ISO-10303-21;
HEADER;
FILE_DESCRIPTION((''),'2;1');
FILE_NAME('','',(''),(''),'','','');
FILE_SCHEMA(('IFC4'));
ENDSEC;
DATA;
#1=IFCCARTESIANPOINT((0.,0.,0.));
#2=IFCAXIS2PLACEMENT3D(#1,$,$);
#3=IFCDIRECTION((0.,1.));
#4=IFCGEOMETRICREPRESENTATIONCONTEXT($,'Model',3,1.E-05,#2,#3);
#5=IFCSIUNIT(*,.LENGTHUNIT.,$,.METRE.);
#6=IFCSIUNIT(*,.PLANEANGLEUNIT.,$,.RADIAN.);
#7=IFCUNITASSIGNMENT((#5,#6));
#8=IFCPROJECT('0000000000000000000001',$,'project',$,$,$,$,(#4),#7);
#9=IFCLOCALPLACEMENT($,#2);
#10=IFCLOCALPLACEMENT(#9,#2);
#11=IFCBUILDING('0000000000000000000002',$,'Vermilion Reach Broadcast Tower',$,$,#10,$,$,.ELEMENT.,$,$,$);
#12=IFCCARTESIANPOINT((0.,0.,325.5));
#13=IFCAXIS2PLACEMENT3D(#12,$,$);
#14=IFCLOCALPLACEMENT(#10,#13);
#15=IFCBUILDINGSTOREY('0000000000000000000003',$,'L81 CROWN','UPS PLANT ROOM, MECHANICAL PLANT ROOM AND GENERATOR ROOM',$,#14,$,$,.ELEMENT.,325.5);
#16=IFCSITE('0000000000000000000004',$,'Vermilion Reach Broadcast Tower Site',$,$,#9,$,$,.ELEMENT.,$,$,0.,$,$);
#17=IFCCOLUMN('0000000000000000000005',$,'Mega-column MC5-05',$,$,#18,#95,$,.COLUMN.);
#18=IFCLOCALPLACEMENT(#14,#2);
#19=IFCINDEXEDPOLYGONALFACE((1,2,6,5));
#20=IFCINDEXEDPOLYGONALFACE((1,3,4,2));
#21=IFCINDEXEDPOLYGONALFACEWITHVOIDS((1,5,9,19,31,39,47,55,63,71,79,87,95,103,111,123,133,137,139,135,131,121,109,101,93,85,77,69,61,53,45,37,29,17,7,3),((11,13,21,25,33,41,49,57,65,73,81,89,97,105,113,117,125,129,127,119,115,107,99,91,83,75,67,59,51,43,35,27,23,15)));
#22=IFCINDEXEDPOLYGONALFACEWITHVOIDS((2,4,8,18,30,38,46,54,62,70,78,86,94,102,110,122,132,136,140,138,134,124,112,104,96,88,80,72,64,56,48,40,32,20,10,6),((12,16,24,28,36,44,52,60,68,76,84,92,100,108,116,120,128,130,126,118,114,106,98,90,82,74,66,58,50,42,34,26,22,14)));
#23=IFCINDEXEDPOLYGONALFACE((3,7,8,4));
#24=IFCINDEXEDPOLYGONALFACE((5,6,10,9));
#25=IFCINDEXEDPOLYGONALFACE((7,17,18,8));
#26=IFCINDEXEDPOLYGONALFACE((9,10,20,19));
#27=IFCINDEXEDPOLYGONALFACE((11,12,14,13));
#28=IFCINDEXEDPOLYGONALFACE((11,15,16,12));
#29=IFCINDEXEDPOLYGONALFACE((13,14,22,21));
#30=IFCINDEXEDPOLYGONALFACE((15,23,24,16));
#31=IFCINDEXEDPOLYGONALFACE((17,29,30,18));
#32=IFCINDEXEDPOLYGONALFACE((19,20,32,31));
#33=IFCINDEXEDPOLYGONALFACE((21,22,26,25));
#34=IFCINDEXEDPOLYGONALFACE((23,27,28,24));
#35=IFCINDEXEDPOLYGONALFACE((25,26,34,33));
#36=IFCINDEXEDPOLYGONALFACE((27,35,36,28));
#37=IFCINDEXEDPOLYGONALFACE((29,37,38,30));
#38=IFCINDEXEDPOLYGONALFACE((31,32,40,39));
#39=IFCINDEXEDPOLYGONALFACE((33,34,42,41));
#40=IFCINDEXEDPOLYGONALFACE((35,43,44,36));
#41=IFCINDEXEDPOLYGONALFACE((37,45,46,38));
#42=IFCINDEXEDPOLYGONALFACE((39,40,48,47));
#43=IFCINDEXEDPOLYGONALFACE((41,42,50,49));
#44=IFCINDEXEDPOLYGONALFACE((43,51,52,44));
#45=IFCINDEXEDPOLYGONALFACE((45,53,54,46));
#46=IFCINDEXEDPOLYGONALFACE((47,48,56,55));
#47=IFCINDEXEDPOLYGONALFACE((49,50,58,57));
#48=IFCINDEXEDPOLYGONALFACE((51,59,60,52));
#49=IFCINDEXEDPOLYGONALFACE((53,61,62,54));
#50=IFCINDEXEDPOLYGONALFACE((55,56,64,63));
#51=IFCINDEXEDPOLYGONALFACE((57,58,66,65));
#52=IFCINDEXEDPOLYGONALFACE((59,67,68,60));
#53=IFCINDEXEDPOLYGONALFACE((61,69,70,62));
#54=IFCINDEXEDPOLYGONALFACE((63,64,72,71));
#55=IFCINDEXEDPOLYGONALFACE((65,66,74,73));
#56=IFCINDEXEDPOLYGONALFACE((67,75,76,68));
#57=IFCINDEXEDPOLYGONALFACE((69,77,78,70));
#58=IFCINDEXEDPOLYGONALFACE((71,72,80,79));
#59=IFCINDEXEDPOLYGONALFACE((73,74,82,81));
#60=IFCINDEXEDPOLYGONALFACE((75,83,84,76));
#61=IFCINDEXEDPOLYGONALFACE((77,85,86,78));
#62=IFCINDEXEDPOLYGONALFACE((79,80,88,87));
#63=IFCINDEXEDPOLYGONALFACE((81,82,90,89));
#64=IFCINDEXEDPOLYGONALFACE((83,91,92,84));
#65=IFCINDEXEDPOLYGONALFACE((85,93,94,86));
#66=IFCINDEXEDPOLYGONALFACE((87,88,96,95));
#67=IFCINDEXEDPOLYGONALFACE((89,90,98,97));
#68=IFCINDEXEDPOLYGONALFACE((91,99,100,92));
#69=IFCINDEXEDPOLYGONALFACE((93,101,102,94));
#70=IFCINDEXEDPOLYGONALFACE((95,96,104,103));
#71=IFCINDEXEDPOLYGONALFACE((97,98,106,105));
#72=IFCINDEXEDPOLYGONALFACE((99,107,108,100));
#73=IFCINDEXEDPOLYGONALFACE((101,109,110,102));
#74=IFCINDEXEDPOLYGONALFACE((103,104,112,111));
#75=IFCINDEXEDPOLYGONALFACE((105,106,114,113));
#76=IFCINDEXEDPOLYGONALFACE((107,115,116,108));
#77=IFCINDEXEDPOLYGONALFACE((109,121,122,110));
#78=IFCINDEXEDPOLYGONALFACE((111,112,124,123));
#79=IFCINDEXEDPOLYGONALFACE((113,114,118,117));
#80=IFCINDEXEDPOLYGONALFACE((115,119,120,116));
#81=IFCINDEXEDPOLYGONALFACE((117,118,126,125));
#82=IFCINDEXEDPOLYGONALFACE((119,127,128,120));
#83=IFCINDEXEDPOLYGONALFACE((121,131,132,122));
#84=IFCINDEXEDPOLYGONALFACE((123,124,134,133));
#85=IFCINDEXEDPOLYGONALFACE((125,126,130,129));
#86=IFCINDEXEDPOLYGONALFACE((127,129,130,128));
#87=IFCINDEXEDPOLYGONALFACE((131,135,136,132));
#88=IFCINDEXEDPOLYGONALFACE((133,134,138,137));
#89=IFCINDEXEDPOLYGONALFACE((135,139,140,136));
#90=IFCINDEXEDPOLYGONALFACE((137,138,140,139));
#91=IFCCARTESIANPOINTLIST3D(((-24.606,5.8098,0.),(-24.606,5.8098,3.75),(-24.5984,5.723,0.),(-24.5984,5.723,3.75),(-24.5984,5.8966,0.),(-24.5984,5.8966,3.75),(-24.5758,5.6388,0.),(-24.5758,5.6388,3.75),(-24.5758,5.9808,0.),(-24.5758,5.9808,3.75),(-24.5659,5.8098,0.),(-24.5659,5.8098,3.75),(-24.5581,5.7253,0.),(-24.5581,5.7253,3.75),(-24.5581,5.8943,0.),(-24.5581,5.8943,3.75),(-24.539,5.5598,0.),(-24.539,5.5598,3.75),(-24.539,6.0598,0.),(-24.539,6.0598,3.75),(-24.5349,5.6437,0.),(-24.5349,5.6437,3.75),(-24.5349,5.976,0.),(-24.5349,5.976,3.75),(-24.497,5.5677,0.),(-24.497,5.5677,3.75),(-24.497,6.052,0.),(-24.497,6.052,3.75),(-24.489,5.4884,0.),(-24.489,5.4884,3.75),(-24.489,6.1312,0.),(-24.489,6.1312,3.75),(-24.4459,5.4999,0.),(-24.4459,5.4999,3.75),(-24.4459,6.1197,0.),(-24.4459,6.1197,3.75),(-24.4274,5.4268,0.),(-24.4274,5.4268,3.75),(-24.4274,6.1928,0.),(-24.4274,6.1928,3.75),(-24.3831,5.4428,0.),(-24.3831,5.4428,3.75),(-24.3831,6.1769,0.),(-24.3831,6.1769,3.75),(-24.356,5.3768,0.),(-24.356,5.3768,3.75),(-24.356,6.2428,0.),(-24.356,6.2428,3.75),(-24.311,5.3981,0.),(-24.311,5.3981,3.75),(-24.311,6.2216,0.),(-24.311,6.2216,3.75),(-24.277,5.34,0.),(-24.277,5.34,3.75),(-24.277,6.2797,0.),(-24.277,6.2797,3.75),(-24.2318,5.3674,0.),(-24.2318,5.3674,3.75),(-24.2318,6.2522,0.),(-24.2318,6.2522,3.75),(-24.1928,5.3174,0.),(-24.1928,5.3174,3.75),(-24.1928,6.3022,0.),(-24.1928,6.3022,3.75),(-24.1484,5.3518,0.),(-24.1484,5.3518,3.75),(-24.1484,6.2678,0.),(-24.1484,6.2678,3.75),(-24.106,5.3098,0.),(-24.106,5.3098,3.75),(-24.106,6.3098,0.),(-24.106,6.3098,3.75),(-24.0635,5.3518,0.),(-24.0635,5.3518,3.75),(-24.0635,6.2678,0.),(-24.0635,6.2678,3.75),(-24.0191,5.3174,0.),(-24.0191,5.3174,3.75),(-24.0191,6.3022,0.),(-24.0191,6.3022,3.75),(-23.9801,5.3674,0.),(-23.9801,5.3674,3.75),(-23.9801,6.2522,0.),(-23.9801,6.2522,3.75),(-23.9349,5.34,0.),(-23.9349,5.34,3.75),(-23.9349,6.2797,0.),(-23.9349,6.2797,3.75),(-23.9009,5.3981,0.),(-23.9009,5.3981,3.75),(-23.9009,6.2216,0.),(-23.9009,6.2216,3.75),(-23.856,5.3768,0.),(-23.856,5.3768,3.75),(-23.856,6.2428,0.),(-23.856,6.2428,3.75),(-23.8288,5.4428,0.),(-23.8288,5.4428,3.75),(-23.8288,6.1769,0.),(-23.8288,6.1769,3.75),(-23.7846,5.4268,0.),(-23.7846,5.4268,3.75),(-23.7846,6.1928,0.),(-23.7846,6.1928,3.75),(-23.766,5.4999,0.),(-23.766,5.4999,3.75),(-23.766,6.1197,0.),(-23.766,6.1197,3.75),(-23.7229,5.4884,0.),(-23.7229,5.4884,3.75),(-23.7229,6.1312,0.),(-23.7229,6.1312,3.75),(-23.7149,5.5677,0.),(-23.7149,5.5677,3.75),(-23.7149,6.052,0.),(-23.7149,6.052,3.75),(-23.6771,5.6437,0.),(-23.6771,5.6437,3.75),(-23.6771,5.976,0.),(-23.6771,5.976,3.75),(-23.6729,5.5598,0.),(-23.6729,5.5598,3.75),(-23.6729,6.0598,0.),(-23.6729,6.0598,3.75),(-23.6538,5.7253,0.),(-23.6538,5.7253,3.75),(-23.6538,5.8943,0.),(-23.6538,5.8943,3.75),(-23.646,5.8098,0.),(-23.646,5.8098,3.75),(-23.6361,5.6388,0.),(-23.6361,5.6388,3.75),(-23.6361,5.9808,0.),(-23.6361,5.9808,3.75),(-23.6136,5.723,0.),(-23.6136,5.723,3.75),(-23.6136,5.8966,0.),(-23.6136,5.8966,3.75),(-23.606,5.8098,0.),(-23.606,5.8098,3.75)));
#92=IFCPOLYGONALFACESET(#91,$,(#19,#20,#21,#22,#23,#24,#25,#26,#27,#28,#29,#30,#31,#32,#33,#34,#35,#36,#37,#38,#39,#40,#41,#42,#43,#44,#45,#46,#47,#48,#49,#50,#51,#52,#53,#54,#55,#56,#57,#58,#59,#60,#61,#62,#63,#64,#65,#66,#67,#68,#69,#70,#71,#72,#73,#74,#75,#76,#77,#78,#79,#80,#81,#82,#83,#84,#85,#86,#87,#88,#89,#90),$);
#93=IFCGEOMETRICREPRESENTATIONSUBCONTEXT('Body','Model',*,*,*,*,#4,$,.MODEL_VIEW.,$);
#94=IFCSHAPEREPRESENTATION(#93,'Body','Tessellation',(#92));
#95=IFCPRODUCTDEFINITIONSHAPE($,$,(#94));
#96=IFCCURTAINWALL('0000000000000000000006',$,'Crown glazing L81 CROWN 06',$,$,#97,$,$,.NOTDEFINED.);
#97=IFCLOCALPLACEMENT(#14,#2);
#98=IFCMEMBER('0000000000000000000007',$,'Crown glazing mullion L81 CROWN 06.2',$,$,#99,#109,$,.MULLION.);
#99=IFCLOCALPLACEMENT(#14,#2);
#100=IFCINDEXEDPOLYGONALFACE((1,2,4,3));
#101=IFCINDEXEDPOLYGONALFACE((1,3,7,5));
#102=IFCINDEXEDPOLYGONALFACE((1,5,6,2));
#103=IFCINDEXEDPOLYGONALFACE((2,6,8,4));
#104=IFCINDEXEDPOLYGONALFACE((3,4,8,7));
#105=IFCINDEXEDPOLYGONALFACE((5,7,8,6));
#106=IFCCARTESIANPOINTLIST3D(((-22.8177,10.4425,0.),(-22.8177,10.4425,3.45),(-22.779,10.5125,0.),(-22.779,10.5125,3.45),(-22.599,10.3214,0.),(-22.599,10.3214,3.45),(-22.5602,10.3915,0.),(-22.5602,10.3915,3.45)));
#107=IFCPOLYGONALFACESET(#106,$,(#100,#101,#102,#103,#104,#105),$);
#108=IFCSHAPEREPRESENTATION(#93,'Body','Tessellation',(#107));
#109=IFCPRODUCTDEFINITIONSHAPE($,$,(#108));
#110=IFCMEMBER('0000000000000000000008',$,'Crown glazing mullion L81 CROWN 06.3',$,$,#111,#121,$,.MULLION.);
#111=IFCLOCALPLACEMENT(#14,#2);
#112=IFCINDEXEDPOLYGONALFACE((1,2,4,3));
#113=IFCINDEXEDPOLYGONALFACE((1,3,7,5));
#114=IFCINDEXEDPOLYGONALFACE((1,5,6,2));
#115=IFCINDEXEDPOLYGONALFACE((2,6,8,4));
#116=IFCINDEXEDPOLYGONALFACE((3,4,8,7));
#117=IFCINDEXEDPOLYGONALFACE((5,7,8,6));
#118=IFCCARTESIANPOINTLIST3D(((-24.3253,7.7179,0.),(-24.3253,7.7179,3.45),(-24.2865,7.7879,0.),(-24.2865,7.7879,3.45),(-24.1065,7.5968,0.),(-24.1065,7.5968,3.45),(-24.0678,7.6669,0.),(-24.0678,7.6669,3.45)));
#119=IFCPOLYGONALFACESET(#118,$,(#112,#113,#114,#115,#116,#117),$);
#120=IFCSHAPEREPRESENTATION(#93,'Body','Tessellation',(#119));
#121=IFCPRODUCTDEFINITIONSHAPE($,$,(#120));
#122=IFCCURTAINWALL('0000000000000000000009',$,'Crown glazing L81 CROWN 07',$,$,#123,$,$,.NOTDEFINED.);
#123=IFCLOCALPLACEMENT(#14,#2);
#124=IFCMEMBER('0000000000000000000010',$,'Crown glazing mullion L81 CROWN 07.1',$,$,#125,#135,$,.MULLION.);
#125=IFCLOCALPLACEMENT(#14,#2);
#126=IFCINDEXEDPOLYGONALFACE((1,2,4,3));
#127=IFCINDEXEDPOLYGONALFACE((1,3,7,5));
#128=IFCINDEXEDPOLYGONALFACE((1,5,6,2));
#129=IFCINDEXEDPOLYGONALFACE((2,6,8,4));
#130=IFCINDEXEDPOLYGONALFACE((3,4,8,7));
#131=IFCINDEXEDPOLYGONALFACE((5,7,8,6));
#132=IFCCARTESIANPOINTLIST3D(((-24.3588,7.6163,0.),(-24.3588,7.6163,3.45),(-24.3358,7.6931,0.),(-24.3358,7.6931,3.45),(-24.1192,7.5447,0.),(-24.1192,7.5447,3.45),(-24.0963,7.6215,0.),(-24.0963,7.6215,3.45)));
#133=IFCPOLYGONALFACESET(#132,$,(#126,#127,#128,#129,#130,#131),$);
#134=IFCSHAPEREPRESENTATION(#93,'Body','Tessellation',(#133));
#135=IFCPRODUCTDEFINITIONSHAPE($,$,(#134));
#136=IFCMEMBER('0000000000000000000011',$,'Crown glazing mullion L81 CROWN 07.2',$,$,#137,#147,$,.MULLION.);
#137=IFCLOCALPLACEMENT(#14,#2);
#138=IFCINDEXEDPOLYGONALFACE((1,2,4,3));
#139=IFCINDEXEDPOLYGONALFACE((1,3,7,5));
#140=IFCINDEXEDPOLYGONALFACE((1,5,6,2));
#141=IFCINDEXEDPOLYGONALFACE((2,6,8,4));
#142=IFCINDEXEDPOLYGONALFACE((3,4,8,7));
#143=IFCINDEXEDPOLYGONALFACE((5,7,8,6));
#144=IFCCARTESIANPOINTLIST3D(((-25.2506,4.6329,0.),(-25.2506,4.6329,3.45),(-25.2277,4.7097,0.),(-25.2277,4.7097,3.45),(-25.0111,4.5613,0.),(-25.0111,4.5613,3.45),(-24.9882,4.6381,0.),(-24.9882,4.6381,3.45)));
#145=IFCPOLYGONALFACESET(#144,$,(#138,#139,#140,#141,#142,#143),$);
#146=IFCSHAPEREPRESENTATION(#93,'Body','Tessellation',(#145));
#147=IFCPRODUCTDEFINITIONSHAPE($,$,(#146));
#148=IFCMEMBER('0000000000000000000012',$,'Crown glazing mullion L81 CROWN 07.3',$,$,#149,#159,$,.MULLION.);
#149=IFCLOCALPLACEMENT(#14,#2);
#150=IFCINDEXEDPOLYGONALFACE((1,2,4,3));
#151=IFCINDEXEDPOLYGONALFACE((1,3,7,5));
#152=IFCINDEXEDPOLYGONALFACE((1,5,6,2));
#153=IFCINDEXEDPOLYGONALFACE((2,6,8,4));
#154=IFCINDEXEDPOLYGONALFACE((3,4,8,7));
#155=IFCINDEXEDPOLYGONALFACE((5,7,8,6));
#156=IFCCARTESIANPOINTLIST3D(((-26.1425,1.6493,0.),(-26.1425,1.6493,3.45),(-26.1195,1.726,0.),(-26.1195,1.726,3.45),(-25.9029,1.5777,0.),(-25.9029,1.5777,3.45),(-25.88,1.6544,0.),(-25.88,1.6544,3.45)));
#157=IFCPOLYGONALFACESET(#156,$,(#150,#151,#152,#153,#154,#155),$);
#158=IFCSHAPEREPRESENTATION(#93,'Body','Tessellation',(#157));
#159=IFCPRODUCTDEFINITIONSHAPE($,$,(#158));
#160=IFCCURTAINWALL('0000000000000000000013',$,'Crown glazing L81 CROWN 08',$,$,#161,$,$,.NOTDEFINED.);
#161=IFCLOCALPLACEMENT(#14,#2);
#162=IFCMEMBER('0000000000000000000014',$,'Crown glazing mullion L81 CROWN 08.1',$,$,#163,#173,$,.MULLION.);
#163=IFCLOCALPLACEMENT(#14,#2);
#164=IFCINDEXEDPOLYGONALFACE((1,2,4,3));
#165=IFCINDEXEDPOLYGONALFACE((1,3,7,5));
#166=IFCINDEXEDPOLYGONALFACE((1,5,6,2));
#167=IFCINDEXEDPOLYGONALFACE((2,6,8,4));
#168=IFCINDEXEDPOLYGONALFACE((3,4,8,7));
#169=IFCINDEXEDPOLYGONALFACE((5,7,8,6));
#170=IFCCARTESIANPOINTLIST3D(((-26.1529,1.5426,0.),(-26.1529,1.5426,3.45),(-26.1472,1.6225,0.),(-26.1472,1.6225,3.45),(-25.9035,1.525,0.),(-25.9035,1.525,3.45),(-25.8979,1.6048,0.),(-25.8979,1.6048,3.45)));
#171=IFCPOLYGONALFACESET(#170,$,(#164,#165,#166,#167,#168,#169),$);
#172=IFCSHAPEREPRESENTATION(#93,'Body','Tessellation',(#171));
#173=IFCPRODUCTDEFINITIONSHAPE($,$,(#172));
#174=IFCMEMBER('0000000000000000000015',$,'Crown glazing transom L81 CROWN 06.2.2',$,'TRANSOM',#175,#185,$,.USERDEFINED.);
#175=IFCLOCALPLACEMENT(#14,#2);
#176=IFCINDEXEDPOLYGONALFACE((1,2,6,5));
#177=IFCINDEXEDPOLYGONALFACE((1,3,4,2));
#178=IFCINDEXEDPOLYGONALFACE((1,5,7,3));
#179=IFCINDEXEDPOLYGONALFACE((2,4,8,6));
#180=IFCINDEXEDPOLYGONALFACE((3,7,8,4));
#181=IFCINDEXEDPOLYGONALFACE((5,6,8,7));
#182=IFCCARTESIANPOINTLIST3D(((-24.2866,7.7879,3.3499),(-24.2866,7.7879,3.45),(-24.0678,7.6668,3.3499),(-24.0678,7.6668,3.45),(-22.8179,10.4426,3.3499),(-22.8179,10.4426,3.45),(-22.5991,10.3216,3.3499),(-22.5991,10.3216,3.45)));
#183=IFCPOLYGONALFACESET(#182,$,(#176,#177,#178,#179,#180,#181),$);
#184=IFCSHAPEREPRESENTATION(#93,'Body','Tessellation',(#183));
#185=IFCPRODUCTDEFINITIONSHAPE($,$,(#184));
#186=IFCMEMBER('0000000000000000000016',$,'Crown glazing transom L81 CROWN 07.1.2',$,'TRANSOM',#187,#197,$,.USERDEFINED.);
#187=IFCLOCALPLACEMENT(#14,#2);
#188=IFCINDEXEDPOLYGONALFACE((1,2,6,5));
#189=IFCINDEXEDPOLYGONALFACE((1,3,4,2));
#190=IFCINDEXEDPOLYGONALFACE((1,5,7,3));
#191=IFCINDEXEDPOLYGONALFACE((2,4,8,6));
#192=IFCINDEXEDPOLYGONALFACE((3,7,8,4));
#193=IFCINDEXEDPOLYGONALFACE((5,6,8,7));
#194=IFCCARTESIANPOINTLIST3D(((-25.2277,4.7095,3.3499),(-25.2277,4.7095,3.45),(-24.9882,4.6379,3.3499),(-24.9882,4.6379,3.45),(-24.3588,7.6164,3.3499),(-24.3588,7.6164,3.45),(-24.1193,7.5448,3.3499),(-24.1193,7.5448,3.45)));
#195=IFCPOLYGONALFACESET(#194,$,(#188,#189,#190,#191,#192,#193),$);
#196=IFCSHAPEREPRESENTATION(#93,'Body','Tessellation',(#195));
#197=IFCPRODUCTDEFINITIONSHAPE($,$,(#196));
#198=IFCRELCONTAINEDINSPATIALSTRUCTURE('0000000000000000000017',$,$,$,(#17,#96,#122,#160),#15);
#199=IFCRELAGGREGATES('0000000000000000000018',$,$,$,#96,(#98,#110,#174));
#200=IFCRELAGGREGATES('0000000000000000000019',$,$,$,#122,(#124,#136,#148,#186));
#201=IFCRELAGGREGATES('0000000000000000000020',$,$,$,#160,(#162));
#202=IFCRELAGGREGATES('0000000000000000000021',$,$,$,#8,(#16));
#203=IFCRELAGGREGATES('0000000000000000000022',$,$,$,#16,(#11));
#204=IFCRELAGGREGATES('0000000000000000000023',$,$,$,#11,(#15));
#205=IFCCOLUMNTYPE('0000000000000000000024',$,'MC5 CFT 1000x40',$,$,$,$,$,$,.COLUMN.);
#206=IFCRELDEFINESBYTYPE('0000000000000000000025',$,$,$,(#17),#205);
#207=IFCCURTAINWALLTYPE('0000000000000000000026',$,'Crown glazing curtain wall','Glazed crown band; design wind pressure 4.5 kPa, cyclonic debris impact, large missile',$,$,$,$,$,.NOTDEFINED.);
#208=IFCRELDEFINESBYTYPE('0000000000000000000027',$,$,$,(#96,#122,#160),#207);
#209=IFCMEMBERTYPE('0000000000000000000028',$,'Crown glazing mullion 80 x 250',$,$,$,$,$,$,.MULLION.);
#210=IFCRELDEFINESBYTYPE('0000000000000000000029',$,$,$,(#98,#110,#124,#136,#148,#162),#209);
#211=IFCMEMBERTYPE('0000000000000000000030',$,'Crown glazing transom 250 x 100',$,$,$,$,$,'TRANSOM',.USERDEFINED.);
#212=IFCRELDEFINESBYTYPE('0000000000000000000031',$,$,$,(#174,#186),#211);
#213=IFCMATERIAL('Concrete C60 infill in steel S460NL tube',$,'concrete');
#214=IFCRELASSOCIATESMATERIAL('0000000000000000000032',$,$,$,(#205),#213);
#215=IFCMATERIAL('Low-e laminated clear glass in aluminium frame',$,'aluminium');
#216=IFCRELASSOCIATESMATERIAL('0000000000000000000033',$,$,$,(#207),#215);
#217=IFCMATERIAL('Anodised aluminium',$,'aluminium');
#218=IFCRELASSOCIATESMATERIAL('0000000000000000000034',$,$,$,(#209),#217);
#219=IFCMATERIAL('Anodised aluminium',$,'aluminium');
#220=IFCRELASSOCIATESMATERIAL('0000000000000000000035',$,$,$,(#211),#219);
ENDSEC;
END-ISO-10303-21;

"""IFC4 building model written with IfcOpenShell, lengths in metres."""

from ifc_helpers import new_model, si_unit, direction, frame, origin, origin_2d, place, context, subcontext, project, spatial, rectangle, hollow_circle, extrude, material, material_profile, profile_set, type_object, element, aggregate, save


model = new_model("IFC4")

# Units and contexts
model_context = context("Model", 3, precision=1e-05, world=origin(), true_north=direction((0.0, 1.0)))
body_context = subcontext(model_context, "Body", "Model", "MODEL_VIEW")
ifc_project = project(units=[si_unit("LENGTHUNIT", "METRE"), si_unit("PLANEANGLEUNIT", "RADIAN")], contexts=[model_context])

# Site, building, storey
site_placement = place(None, origin())
site = spatial("IfcSite", under=ifc_project, at=site_placement, Name="Vermilion Reach Broadcast Tower Site", CompositionType="ELEMENT", RefElevation=0.0)
building_placement = place(site_placement, origin())
building = spatial("IfcBuilding", under=site, at=building_placement, Name="Vermilion Reach Broadcast Tower", CompositionType="ELEMENT")
storey_placement = place(building_placement, frame((0.0, 0.0, 325.5)))
storey = spatial("IfcBuildingStorey", under=building, at=storey_placement, Name="L81 CROWN", Description="UPS PLANT ROOM, MECHANICAL PLANT ROOM AND GENERATOR ROOM", CompositionType="ELEMENT", Elevation=325.5)

# Column
ifc_material_1 = material(Name="Concrete C60 infill in steel S460NL tube", Category="concrete")
ifc_material_profile_1 = material_profile(ifc_material_1, hollow_circle(Radius=0.5, WallThickness=0.04, at=origin_2d()), Name="Concrete C60 infill in steel S460NL tube CFT 1000x40")
ifc_profile_set_1 = profile_set([ifc_material_profile_1], Name="Concrete C60 infill in steel S460NL tube")
column_type = type_object("IfcColumnType", Name="MC5 CFT 1000x40", PredefinedType="COLUMN", material=ifc_profile_set_1)
column_placement = place(storey_placement, frame((-24.106, 5.8098, 0.0), z_axis=(0.0, 0.0, 1.0), x_axis=(1.0, 0.0, 0.0)))
element("IfcColumn", 1, at=column_placement, inside=storey, type_object=column_type, Name="Mega-column MC5-05", PredefinedType="COLUMN", context=body_context, shape_type="SweptSolid", body=[
    extrude(hollow_circle(Radius=0.5, WallThickness=0.04, at=origin_2d()), origin(), (0.0, 0.0, 1.0), 3.75),
])

# Curtain walls, members
ifc_material_2 = material(Name="Low-e laminated clear glass in aluminium frame", Category="aluminium")
curtain_wall_type = type_object("IfcCurtainWallType", Name="Crown glazing curtain wall", Description="Glazed crown band; design wind pressure 4.5 kPa, cyclonic debris impact, large missile", PredefinedType="NOTDEFINED", material=ifc_material_2)
placement = place(storey_placement, origin())
curtain_wall_1 = element("IfcCurtainWall", 2, at=placement, inside=storey, type_object=curtain_wall_type, Name="Crown glazing L81 CROWN 06", PredefinedType="NOTDEFINED")
ifc_material_3 = material(Name="Anodised aluminium", Category="aluminium")
ifc_material_profile_2 = material_profile(ifc_material_3, rectangle(XDim=0.25, YDim=0.0801, at=origin_2d()), Name="Crown glazing mullion 80 x 250")
ifc_profile_set_2 = profile_set([ifc_material_profile_2], Name="Anodised aluminium")
member_type_1 = type_object("IfcMemberType", Name="Crown glazing mullion 80 x 250", PredefinedType="MULLION", material=ifc_profile_set_2)
member_1_placement = place(storey_placement, frame((-22.689, 10.417, 0.0), z_axis=(0.0, 0.0, 1.0), x_axis=(0.874983, -0.484153, 0.0)))
member_1 = element("IfcMember", 3, at=member_1_placement, type_object=member_type_1, Name="Crown glazing mullion L81 CROWN 06.2", PredefinedType="MULLION", context=body_context, shape_type="SweptSolid", body=[
    extrude(rectangle(XDim=0.25, YDim=0.0801, at=origin_2d()), origin(), (0.0, 0.0, 1.0), 3.45),
])
member_2_placement = place(storey_placement, frame((-24.1965, 7.6924, 0.0), z_axis=(0.0, 0.0, 1.0), x_axis=(0.874983, -0.484153, 0.0)))
member_2 = element("IfcMember", 4, at=member_2_placement, type_object=member_type_1, Name="Crown glazing mullion L81 CROWN 06.3", PredefinedType="MULLION", context=body_context, shape_type="SweptSolid", body=[
    extrude(rectangle(XDim=0.25, YDim=0.0801, at=origin_2d()), origin(), (0.0, 0.0, 1.0), 3.45),
])
curtain_wall_2 = element("IfcCurtainWall", 5, at=placement, inside=storey, type_object=curtain_wall_type, Name="Crown glazing L81 CROWN 07", PredefinedType="NOTDEFINED")
member_3_placement = place(storey_placement, frame((-24.2275, 7.6189, 0.0), z_axis=(0.0, 0.0, 1.0), x_axis=(0.958108, -0.286407, 0.0)))
member_3 = element("IfcMember", 6, at=member_3_placement, type_object=member_type_1, Name="Crown glazing mullion L81 CROWN 07.1", PredefinedType="MULLION", context=body_context, shape_type="SweptSolid", body=[
    extrude(rectangle(XDim=0.25, YDim=0.0801, at=origin_2d()), origin(), (0.0, 0.0, 1.0), 3.45),
])
member_4_placement = place(storey_placement, frame((-25.1194, 4.6355, 0.0), z_axis=(0.0, 0.0, 1.0), x_axis=(0.958108, -0.286407, 0.0)))
member_4 = element("IfcMember", 7, at=member_4_placement, type_object=member_type_1, Name="Crown glazing mullion L81 CROWN 07.2", PredefinedType="MULLION", context=body_context, shape_type="SweptSolid", body=[
    extrude(rectangle(XDim=0.25, YDim=0.0801, at=origin_2d()), origin(), (0.0, 0.0, 1.0), 3.45),
])
member_5_placement = place(storey_placement, frame((-26.0112, 1.6519, 0.0), z_axis=(0.0, 0.0, 1.0), x_axis=(0.958108, -0.286407, 0.0)))
member_5 = element("IfcMember", 8, at=member_5_placement, type_object=member_type_1, Name="Crown glazing mullion L81 CROWN 07.3", PredefinedType="MULLION", context=body_context, shape_type="SweptSolid", body=[
    extrude(rectangle(XDim=0.25, YDim=0.0801, at=origin_2d()), origin(), (0.0, 0.0, 1.0), 3.45),
])

# Curtain wall, member
curtain_wall_3 = element("IfcCurtainWall", 9, at=placement, inside=storey, type_object=curtain_wall_type, Name="Crown glazing L81 CROWN 08", PredefinedType="NOTDEFINED")
member_6_placement = place(storey_placement, frame((-26.0254, 1.5737, 0.0), z_axis=(0.0, 0.0, 1.0), x_axis=(0.9975, -0.070673, 0.0)))
member_6 = element("IfcMember", 10, at=member_6_placement, type_object=member_type_1, Name="Crown glazing mullion L81 CROWN 08.1", PredefinedType="MULLION", context=body_context, shape_type="SweptSolid", body=[
    extrude(rectangle(XDim=0.25, YDim=0.0801, at=origin_2d()), origin(), (0.0, 0.0, 1.0), 3.45),
])

# Members
ifc_material_4 = material(Name="Anodised aluminium", Category="aluminium")
ifc_material_profile_3 = material_profile(ifc_material_4, rectangle(XDim=0.25, YDim=0.1001, at=origin_2d()), Name="Crown glazing transom 250 x 100")
ifc_profile_set_3 = profile_set([ifc_material_profile_3], Name="Anodised aluminium")
member_type_2 = type_object("IfcMemberType", Name="Crown glazing transom 250 x 100", ElementType="TRANSOM", PredefinedType="USERDEFINED", material=ifc_profile_set_3)
member_7_placement = place(storey_placement, frame((-22.7085, 10.3821, 3.3999), z_axis=(-0.484098, -0.875014, 0.0), x_axis=(0.875014, -0.484098, 0.0)))
member_7 = element("IfcMember", 11, at=member_7_placement, type_object=member_type_2, Name="Crown glazing transom L81 CROWN 06.2.2", ObjectType="TRANSOM", PredefinedType="USERDEFINED", context=body_context, shape_type="SweptSolid", body=[
    extrude(rectangle(XDim=0.25, YDim=0.1001, at=origin_2d()), origin(), (0.0, 0.0, 1.0), 3.0339),
])
member_8_placement = place(storey_placement, frame((-24.239, 7.5806, 3.3999), z_axis=(-0.286403, -0.958109, 0.0), x_axis=(0.958109, -0.286403, 0.0)))
member_8 = element("IfcMember", 12, at=member_8_placement, type_object=member_type_2, Name="Crown glazing transom L81 CROWN 07.1.2", ObjectType="TRANSOM", PredefinedType="USERDEFINED", context=body_context, shape_type="SweptSolid", body=[
    extrude(rectangle(XDim=0.25, YDim=0.1001, at=origin_2d()), origin(), (0.0, 0.0, 1.0), 3.0339),
])

aggregate(curtain_wall_1, [member_1, member_2, member_7])
aggregate(curtain_wall_2, [member_3, member_4, member_5, member_8])
aggregate(curtain_wall_3, [member_6])

save(model, "model.ifc")
